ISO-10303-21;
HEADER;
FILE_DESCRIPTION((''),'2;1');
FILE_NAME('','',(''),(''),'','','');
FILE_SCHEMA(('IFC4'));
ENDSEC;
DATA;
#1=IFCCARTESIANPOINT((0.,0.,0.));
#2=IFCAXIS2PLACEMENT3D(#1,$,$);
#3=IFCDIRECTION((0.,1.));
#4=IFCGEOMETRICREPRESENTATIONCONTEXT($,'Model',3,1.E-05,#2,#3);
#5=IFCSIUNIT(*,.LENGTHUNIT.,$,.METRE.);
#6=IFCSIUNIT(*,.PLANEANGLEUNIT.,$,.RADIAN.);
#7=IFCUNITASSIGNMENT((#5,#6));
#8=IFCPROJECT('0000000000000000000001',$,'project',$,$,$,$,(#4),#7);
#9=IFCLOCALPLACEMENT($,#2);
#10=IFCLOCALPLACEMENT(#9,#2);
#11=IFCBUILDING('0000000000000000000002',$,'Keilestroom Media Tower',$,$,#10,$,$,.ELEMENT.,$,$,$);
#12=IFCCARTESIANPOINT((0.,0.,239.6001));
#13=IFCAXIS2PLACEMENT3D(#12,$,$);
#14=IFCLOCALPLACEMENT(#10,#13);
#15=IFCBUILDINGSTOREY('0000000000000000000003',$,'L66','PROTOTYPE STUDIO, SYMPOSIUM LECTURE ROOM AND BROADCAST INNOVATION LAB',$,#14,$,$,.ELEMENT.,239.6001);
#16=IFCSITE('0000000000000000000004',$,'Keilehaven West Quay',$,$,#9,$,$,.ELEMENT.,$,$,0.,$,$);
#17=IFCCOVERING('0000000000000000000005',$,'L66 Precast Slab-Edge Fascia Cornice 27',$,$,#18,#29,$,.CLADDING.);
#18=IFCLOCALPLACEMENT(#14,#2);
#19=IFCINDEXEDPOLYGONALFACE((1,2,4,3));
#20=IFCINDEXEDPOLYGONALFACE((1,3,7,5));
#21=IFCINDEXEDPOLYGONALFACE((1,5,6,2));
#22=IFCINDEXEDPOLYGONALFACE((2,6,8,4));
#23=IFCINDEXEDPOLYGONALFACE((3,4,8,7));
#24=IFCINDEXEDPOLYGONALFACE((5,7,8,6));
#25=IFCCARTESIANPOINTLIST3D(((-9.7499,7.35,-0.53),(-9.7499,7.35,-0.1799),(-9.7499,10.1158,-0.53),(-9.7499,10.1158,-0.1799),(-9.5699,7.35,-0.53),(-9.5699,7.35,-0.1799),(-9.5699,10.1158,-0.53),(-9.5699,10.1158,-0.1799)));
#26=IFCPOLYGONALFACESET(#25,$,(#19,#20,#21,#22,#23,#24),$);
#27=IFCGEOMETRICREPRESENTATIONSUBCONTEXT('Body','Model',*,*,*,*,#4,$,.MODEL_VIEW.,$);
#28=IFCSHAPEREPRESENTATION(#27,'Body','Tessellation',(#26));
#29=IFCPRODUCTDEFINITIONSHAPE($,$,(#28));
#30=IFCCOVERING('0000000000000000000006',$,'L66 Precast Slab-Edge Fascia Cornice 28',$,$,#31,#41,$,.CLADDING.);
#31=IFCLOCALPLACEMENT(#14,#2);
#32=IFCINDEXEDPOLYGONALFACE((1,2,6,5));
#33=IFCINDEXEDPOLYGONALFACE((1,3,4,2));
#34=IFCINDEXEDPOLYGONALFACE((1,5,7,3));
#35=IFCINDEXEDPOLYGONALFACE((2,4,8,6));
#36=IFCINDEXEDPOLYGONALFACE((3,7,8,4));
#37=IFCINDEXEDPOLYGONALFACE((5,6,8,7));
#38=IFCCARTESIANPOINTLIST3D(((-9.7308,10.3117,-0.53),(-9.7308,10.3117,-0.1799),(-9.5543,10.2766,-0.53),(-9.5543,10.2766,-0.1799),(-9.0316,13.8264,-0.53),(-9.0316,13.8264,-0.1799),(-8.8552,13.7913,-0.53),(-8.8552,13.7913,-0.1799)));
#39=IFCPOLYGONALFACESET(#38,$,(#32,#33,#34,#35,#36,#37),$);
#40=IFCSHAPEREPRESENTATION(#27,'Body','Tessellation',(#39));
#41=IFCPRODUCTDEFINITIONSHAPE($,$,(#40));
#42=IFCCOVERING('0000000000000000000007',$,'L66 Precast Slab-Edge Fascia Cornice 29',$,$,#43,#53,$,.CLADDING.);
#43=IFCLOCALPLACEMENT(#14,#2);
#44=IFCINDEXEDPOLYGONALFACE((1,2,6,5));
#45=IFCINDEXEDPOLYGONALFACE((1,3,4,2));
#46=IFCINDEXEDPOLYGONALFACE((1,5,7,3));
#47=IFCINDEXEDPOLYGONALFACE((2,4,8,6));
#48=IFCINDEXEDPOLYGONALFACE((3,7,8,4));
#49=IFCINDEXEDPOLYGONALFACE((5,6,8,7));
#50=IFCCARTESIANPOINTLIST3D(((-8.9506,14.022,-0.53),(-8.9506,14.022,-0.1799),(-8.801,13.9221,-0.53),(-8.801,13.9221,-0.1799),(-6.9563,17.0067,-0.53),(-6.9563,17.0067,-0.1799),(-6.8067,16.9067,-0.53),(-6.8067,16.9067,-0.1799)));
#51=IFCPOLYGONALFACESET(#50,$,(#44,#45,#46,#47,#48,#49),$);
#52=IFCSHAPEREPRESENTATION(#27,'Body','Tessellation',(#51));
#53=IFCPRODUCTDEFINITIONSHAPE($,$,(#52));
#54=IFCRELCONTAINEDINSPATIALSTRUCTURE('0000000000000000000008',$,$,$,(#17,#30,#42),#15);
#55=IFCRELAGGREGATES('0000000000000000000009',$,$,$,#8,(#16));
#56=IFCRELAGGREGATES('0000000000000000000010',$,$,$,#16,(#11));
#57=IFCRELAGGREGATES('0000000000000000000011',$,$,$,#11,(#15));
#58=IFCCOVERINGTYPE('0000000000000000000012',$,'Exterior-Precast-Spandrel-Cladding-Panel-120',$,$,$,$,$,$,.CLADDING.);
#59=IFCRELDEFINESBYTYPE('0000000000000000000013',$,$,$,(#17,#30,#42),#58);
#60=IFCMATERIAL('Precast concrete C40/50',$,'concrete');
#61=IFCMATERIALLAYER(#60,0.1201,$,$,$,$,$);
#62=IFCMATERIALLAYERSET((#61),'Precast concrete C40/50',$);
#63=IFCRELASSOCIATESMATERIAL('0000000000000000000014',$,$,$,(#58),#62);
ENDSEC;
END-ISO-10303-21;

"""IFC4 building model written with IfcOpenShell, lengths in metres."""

from ifc_helpers import new_model, si_unit, direction, frame, origin, origin_2d, place, context, subcontext, project, spatial, rectangle, extrude, source, transform, mapped, material, layer, layer_set, type_object, element, save


model = new_model("IFC4")

# Units and contexts
model_context = context("Model", 3, precision=1e-05, world=origin(), true_north=direction((0.0, 1.0)))
body_context = subcontext(model_context, "Body", "Model", "MODEL_VIEW")
ifc_project = project(units=[si_unit("LENGTHUNIT", "METRE"), si_unit("PLANEANGLEUNIT", "RADIAN")], contexts=[model_context])

# Site, building, storey
site_placement = place(None, origin())
site = spatial("IfcSite", under=ifc_project, at=site_placement, Name="Keilehaven West Quay", CompositionType="ELEMENT", RefElevation=0.0)
building_placement = place(site_placement, origin())
building = spatial("IfcBuilding", under=site, at=building_placement, Name="Keilestroom Media Tower", CompositionType="ELEMENT")
storey_placement = place(building_placement, frame((0.0, 0.0, 239.6001)))
storey = spatial("IfcBuildingStorey", under=building, at=storey_placement, Name="L66", Description="PROTOTYPE STUDIO, SYMPOSIUM LECTURE ROOM AND BROADCAST INNOVATION LAB", CompositionType="ELEMENT", Elevation=239.6001)

# Shared definitions
ifc_material_1 = material(Name="Precast concrete C40/50", Category="concrete")

# Coverings
ifc_layer_1 = layer(ifc_material_1, 0.1201)
ifc_layer_set_1 = layer_set([ifc_layer_1], Name="Precast concrete C40/50")
covering_type = type_object("IfcCoveringType", Name="Exterior-Precast-Spandrel-Cladding-Panel-120", PredefinedType="CLADDING", material=ifc_layer_set_1)
shared_shape_1 = source(origin(), body_context, "Body", "SweptSolid", [
    extrude(rectangle(XDim=2.7659, YDim=0.1799, at=origin_2d()), origin(), (0.0, 0.0, 1.0), 0.3501),
])
covering_1_placement = place(storey_placement, frame((-9.6599, 8.7329, -0.53), z_axis=(0.0, 0.0, 1.0), x_axis=(0.0, 1.0, 0.0)))
element("IfcCovering", 1, at=covering_1_placement, inside=storey, type_object=covering_type, Name="L66 Precast Slab-Edge Fascia Cornice 27", PredefinedType="CLADDING", context=body_context, shape_type="MappedRepresentation", body=[
    mapped(shared_shape_1, transform((0.0, 0.0, 0.0), x_axis=(1.0, 0.0, 0.0), y_axis=(0.0, 1.0, 0.0), z_axis=(0.0, 0.0, 1.0), scale=1.0)),
])
shared_shape_2 = source(origin(), body_context, "Body", "SweptSolid", [
    extrude(rectangle(XDim=3.5835, YDim=0.1799, at=origin_2d()), origin(), (0.0, 0.0, 1.0), 0.3501),
])
covering_2_placement = place(storey_placement, frame((-9.293, 12.0515, -0.53), z_axis=(0.0, 0.0, 1.0), x_axis=(0.195099, 0.980784, 0.0)))
element("IfcCovering", 2, at=covering_2_placement, inside=storey, type_object=covering_type, Name="L66 Precast Slab-Edge Fascia Cornice 28", PredefinedType="CLADDING", context=body_context, shape_type="MappedRepresentation", body=[
    mapped(shared_shape_2, transform((0.0, 0.0, 0.0), x_axis=(1.0, 0.0, 0.0), y_axis=(0.0, 1.0, 0.0), z_axis=(0.0, 0.0, 1.0), scale=1.0)),
])
shared_shape_3 = source(origin(), body_context, "Body", "SweptSolid", [
    extrude(rectangle(XDim=3.5896, YDim=0.1799, at=origin_2d()), origin(), (0.0, 0.0, 1.0), 0.3501),
])
covering_3_placement = place(storey_placement, frame((-7.8787, 15.4644, -0.53), z_axis=(0.0, 0.0, 1.0), x_axis=(0.555575, 0.831467, 0.0)))
element("IfcCovering", 3, at=covering_3_placement, inside=storey, type_object=covering_type, Name="L66 Precast Slab-Edge Fascia Cornice 29", PredefinedType="CLADDING", context=body_context, shape_type="MappedRepresentation", body=[
    mapped(shared_shape_3, transform((0.0, 0.0, 0.0), x_axis=(1.0, 0.0, 0.0), y_axis=(0.0, 1.0, 0.0), z_axis=(0.0, 0.0, 1.0), scale=1.0)),
])

save(model, "model.ifc")
